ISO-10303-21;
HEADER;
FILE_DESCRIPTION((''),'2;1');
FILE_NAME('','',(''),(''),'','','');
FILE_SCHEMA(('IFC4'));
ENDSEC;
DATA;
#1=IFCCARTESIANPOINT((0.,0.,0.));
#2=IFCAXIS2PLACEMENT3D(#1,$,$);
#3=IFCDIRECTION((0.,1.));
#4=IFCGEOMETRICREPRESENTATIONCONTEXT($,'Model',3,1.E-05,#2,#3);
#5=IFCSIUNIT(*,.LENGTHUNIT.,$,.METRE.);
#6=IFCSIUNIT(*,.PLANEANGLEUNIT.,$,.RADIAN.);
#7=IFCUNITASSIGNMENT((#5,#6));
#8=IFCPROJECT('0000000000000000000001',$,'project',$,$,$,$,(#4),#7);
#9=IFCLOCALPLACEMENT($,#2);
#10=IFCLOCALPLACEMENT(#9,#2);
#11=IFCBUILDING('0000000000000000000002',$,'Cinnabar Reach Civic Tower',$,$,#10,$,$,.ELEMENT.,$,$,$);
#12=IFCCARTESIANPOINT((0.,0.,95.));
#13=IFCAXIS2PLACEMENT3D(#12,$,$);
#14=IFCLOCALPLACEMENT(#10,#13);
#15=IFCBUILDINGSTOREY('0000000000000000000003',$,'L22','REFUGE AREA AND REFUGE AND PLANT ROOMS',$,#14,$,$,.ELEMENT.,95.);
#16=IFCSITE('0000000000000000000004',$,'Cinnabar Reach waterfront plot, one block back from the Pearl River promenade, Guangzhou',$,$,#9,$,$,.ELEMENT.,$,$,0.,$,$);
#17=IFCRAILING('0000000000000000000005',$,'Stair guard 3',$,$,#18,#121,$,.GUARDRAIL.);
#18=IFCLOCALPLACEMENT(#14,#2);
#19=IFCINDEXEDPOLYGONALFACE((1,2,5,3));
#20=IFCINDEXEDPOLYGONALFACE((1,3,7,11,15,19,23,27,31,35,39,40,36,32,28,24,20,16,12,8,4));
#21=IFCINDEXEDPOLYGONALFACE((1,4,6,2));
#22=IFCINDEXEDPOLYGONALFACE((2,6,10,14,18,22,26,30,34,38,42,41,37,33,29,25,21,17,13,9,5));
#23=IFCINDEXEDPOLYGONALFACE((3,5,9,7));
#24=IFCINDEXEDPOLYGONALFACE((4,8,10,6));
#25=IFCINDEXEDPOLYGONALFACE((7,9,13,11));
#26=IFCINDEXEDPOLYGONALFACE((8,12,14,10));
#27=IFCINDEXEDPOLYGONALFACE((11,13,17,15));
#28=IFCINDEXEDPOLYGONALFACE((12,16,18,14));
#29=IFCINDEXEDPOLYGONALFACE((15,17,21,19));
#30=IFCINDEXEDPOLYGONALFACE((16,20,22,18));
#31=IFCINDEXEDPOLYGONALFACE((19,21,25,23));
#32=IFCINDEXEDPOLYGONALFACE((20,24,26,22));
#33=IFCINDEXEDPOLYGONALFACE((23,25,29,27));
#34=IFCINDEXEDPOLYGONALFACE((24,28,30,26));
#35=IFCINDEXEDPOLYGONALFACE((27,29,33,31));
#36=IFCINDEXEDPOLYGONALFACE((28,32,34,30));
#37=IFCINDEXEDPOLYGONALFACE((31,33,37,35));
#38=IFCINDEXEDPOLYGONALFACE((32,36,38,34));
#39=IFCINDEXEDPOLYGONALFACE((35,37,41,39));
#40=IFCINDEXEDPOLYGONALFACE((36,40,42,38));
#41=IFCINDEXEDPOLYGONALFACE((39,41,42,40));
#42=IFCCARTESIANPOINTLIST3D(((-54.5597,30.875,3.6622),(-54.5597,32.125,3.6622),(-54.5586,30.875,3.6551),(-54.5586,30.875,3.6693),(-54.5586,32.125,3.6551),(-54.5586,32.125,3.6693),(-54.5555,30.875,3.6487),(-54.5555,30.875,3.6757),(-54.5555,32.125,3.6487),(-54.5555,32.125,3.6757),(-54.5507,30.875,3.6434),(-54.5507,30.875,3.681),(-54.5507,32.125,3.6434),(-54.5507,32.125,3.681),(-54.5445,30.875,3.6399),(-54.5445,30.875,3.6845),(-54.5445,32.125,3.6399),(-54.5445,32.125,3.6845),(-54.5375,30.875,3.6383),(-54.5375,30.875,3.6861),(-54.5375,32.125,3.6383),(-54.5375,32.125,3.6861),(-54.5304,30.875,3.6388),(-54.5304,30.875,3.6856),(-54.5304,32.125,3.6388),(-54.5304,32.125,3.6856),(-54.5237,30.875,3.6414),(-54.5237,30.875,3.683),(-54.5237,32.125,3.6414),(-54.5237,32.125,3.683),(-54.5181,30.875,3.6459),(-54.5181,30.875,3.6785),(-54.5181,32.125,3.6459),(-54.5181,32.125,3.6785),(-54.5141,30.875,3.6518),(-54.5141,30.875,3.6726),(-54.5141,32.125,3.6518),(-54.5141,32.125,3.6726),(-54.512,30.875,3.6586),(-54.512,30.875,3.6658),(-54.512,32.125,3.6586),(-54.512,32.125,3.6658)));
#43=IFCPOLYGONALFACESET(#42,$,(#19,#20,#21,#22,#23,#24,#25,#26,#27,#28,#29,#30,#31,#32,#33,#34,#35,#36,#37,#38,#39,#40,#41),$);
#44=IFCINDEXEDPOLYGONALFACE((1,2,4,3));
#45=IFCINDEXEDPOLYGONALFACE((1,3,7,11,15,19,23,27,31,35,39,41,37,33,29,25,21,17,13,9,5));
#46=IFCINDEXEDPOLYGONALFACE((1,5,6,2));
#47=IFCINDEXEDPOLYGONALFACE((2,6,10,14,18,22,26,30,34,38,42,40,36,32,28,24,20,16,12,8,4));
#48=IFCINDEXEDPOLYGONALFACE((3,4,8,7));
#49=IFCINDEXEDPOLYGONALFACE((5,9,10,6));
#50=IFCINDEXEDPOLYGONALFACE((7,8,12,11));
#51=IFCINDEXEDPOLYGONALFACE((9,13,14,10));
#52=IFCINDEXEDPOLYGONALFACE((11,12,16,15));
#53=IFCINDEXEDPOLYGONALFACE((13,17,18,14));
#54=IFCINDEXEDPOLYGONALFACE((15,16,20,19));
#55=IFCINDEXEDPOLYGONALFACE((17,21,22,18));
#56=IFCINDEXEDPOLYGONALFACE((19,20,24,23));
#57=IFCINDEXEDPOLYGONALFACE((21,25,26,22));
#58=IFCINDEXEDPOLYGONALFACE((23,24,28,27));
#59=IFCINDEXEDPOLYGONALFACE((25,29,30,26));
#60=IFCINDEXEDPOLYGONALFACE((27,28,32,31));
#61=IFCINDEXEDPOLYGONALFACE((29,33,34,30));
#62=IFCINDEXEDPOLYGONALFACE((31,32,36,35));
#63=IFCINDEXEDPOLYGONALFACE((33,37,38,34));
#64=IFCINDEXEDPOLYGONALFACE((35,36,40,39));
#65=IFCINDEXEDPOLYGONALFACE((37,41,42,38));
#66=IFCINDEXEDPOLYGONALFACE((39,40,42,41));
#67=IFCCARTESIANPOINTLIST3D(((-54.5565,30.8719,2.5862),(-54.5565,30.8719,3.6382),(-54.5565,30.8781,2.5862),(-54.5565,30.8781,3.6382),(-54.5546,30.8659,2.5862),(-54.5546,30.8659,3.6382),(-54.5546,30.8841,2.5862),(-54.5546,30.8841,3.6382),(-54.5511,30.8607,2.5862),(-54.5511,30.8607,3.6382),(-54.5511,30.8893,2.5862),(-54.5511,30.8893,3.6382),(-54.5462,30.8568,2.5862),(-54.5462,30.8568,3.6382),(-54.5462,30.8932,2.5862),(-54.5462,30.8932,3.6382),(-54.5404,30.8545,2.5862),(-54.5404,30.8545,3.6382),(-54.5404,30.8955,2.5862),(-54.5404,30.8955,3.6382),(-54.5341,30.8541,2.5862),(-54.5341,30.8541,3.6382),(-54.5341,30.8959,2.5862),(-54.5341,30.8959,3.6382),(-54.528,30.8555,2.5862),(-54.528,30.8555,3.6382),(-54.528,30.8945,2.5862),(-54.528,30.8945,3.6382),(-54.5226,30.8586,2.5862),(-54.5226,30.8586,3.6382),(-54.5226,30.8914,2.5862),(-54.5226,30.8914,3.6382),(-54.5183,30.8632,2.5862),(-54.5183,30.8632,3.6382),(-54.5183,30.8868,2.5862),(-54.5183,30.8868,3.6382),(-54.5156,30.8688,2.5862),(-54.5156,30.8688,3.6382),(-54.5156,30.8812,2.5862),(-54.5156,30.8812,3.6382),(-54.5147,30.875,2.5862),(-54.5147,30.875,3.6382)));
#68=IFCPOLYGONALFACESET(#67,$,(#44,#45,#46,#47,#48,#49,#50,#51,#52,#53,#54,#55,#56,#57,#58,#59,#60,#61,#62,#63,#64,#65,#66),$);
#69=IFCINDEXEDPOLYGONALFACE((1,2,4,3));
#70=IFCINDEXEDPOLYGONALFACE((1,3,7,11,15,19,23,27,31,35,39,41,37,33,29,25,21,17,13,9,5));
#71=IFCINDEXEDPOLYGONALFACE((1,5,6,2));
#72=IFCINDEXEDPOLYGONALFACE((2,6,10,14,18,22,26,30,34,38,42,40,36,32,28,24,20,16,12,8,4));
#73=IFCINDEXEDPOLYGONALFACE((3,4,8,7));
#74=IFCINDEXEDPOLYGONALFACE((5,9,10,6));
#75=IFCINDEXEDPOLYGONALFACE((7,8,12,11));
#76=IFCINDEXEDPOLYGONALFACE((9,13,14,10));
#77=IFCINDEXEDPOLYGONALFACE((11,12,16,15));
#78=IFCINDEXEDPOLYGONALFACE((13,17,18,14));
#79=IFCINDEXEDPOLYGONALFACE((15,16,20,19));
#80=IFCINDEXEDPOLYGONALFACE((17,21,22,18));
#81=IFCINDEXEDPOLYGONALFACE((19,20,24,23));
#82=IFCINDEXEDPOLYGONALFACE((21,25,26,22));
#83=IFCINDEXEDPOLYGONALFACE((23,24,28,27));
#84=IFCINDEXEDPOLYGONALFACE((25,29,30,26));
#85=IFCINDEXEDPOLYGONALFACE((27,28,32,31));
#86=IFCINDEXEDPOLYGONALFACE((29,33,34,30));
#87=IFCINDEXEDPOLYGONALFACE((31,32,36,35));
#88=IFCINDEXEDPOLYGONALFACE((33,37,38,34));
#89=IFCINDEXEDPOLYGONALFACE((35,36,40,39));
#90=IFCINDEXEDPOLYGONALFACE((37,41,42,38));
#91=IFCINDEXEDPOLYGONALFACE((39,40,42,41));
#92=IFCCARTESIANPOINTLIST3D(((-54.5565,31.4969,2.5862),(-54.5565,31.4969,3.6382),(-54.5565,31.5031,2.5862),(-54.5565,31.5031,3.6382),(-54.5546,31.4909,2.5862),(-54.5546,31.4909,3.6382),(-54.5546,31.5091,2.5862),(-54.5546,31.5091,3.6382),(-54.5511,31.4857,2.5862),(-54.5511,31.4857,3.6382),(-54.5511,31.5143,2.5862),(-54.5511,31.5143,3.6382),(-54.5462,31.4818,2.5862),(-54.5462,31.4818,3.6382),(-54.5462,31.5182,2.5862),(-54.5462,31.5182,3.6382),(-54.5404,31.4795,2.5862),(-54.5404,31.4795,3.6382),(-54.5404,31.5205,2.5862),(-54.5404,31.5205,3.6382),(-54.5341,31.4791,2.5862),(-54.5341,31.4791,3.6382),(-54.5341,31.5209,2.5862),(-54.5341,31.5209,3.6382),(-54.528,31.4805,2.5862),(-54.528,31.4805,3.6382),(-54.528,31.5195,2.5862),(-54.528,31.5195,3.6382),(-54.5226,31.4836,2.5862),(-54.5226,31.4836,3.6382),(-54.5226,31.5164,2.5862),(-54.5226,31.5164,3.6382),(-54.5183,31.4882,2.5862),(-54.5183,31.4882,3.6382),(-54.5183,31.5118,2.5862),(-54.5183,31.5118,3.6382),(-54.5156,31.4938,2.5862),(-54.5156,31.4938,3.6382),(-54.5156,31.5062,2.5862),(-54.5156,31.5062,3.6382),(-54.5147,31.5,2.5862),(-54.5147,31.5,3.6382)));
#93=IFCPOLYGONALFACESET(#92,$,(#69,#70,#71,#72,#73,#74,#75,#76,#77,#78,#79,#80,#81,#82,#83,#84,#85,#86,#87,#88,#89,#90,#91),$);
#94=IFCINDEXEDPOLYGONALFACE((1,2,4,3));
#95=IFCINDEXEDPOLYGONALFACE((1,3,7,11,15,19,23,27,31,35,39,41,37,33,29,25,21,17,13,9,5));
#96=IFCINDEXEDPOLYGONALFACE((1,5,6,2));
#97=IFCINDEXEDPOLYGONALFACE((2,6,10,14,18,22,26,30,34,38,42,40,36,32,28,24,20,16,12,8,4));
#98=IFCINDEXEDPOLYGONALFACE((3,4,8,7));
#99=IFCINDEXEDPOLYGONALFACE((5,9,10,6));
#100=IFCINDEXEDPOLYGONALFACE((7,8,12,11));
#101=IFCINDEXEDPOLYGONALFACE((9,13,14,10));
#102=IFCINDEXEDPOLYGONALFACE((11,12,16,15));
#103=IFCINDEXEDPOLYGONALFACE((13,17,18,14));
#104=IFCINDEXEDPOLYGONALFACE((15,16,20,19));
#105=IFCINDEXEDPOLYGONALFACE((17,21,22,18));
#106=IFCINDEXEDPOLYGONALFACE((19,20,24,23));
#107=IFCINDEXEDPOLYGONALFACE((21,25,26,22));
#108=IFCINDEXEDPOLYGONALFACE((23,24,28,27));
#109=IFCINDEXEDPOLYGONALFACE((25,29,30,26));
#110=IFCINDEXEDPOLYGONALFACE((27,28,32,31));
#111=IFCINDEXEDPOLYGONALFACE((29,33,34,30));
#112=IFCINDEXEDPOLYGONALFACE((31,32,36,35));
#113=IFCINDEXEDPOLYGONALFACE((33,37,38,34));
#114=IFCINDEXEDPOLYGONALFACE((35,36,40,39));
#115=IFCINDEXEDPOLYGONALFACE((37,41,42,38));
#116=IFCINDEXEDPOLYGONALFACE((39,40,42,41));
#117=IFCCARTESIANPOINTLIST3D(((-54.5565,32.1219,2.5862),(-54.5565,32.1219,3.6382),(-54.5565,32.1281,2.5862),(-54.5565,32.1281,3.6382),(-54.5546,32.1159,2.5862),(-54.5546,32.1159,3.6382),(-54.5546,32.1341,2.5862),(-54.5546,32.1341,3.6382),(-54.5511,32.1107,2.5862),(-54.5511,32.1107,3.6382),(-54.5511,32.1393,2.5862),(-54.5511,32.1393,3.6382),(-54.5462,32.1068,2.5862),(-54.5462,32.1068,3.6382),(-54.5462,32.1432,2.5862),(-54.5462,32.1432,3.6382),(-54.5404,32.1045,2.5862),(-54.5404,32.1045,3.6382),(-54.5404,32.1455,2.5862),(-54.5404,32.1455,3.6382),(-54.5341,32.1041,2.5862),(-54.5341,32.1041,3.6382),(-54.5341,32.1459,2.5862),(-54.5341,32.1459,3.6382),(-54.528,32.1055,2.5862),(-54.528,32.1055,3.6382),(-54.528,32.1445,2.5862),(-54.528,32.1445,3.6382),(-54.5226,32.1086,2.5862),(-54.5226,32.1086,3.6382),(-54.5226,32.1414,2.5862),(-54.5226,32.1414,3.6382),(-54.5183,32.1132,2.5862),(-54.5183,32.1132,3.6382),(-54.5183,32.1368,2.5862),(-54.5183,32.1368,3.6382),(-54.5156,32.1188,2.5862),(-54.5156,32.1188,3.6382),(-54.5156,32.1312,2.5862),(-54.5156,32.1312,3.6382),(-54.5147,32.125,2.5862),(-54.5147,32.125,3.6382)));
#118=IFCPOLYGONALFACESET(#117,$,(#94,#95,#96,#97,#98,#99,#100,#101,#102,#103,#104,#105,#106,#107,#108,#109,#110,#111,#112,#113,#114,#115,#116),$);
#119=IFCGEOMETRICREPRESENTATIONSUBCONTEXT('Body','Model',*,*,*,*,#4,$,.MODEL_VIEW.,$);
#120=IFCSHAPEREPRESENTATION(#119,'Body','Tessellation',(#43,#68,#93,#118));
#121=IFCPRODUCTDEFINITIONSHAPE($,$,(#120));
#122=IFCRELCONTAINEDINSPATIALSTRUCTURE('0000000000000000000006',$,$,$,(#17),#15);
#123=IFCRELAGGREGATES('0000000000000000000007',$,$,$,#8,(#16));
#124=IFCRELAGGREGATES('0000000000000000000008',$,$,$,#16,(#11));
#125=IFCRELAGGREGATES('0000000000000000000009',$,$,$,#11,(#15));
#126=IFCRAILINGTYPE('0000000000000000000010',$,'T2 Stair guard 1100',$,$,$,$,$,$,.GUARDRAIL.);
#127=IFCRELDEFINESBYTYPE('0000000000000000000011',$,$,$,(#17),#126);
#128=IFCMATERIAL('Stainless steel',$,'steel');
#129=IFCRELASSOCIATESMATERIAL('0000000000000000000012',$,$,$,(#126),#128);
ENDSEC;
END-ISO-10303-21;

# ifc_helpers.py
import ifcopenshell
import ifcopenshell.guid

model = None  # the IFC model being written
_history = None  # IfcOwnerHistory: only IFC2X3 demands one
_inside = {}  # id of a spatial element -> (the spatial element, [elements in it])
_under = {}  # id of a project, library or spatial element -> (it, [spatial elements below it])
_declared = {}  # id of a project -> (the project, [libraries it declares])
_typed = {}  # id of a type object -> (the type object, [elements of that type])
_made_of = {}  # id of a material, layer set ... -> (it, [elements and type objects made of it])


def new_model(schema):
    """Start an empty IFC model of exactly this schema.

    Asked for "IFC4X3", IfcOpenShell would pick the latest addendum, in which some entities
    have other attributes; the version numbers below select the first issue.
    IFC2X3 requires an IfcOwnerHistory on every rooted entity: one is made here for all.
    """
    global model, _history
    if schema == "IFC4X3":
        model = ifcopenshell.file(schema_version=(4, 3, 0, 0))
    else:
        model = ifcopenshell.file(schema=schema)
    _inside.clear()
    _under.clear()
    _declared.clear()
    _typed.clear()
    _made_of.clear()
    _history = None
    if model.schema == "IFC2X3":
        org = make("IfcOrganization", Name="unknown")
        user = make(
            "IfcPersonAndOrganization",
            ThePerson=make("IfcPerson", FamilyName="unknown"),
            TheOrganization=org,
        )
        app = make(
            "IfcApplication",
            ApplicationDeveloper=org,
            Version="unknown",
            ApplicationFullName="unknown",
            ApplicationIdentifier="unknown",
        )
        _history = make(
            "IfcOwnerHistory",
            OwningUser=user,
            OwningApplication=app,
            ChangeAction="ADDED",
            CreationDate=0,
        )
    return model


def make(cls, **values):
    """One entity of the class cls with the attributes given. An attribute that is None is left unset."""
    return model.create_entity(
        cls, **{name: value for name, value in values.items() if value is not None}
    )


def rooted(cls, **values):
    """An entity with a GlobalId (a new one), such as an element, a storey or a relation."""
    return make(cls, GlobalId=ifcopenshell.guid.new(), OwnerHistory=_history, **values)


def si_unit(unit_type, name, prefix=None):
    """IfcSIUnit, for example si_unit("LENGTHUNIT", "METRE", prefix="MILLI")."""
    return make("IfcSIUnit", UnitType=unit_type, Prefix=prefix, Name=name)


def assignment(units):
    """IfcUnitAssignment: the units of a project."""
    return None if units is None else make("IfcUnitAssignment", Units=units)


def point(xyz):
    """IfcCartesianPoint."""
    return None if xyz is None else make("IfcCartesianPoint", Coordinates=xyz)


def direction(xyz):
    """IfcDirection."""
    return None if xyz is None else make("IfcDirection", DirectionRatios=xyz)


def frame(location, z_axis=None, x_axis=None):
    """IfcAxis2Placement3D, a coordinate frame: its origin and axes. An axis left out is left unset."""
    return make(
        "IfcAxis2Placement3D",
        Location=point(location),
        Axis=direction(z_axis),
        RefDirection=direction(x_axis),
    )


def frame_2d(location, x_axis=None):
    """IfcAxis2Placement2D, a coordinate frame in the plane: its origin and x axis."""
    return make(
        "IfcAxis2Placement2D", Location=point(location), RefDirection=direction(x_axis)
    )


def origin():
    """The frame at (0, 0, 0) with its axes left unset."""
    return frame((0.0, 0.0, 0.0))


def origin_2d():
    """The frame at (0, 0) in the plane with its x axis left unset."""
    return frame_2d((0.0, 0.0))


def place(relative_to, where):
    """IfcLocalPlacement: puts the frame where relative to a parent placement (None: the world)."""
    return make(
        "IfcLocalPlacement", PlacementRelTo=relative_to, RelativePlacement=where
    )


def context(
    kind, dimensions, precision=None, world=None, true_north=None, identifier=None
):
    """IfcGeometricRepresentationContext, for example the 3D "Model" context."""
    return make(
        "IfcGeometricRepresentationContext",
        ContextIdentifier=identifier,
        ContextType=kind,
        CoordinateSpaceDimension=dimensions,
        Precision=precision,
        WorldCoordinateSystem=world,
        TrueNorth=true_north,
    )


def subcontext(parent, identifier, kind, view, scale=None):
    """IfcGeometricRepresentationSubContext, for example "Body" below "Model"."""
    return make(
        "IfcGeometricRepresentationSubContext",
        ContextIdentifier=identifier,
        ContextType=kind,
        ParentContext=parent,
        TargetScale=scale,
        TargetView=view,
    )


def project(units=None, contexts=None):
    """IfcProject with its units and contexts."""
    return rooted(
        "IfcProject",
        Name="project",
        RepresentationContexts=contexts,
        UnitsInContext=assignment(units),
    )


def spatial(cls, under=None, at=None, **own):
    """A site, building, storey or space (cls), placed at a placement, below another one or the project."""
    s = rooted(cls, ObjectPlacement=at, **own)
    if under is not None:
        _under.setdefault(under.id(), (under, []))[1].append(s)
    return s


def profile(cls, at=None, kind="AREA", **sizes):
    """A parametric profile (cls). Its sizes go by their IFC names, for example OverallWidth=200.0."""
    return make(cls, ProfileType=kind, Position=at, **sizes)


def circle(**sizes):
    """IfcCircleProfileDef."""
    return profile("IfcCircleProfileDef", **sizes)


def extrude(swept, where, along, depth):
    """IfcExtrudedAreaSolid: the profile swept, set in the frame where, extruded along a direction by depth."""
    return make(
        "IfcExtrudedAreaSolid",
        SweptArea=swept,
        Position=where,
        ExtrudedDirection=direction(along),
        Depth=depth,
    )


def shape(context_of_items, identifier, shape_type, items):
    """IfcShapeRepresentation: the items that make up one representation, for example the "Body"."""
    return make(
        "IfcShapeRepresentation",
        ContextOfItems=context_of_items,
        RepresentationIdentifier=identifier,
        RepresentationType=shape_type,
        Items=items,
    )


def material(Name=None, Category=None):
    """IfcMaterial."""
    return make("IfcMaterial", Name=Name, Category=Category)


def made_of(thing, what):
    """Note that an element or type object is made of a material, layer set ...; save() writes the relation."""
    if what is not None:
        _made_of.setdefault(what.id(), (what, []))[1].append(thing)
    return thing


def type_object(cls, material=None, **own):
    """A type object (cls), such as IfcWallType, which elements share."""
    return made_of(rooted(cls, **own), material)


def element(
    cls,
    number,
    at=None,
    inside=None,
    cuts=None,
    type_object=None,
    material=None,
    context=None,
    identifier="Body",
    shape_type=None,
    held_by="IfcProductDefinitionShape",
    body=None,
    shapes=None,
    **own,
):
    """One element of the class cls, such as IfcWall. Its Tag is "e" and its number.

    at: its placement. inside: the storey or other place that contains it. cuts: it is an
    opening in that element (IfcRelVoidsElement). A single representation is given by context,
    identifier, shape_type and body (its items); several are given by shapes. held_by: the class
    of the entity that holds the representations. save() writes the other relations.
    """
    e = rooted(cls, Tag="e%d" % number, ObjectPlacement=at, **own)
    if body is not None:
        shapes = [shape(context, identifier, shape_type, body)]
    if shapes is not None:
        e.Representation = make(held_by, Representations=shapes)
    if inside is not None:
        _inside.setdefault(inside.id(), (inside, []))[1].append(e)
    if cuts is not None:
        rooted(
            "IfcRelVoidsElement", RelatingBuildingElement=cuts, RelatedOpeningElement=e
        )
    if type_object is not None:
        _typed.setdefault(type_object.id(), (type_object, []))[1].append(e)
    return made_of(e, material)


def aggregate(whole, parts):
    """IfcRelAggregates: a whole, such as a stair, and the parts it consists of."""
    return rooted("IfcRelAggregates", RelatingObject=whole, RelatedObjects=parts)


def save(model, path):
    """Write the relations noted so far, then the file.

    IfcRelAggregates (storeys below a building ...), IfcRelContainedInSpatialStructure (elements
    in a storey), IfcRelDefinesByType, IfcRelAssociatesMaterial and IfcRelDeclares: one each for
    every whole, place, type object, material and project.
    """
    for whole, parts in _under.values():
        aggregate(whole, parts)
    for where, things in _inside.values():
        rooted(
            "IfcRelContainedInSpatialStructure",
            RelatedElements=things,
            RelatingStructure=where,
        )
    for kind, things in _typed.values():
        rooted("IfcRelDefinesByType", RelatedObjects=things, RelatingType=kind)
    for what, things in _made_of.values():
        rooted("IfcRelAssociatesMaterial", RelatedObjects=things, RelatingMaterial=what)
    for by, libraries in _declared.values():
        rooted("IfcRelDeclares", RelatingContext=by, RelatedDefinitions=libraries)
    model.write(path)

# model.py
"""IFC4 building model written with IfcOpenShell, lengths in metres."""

from ifc_helpers import new_model, si_unit, direction, frame, origin, origin_2d, place, context, subcontext, project, spatial, circle, extrude, material, type_object, element, save


model = new_model("IFC4")

# Units and contexts
model_context = context("Model", 3, precision=1e-05, world=origin(), true_north=direction((0.0, 1.0)))
body_context = subcontext(model_context, "Body", "Model", "MODEL_VIEW")
ifc_project = project(units=[si_unit("LENGTHUNIT", "METRE"), si_unit("PLANEANGLEUNIT", "RADIAN")], contexts=[model_context])

# Site, building, storey
site_placement = place(None, origin())
site = spatial("IfcSite", under=ifc_project, at=site_placement, Name="Cinnabar Reach waterfront plot, one block back from the Pearl River promenade, Guangzhou", CompositionType="ELEMENT", RefElevation=0.0)
building_placement = place(site_placement, origin())
building = spatial("IfcBuilding", under=site, at=building_placement, Name="Cinnabar Reach Civic Tower", CompositionType="ELEMENT")
storey_placement = place(building_placement, frame((0.0, 0.0, 95.0)))
storey = spatial("IfcBuildingStorey", under=building, at=storey_placement, Name="L22", Description="REFUGE AREA AND REFUGE AND PLANT ROOMS", CompositionType="ELEMENT", Elevation=95.0)

# Railing
ifc_material_1 = material(Name="Stainless steel", Category="steel")
railing_type = type_object("IfcRailingType", Name="T2 Stair guard 1100", PredefinedType="GUARDRAIL", material=ifc_material_1)
railing_1_placement = place(storey_placement, frame((-54.5357, 30.875, 2.5862)))
element("IfcRailing", 1, at=railing_1_placement, inside=storey, type_object=railing_type, Name="Stair guard 3", PredefinedType="GUARDRAIL", context=body_context, shape_type="SweptSolid", body=[
    extrude(circle(Radius=0.024, at=origin_2d()), frame((0.0, 0.0, 1.076), z_axis=(0.0, 1.0, 0.0), x_axis=(-1.0, 0.0, 0.0)), (0.0, 0.0, 1.0), 1.25),
    extrude(circle(Radius=0.021, at=origin_2d()), origin(), (0.0, 0.0, 1.0), 1.052),
    extrude(circle(Radius=0.021, at=origin_2d()), frame((0.0, 0.625, 0.0)), (0.0, 0.0, 1.0), 1.052),
    extrude(circle(Radius=0.021, at=origin_2d()), frame((0.0, 1.25, 0.0)), (0.0, 0.0, 1.0), 1.052),
])

save(model, "model.ifc")
